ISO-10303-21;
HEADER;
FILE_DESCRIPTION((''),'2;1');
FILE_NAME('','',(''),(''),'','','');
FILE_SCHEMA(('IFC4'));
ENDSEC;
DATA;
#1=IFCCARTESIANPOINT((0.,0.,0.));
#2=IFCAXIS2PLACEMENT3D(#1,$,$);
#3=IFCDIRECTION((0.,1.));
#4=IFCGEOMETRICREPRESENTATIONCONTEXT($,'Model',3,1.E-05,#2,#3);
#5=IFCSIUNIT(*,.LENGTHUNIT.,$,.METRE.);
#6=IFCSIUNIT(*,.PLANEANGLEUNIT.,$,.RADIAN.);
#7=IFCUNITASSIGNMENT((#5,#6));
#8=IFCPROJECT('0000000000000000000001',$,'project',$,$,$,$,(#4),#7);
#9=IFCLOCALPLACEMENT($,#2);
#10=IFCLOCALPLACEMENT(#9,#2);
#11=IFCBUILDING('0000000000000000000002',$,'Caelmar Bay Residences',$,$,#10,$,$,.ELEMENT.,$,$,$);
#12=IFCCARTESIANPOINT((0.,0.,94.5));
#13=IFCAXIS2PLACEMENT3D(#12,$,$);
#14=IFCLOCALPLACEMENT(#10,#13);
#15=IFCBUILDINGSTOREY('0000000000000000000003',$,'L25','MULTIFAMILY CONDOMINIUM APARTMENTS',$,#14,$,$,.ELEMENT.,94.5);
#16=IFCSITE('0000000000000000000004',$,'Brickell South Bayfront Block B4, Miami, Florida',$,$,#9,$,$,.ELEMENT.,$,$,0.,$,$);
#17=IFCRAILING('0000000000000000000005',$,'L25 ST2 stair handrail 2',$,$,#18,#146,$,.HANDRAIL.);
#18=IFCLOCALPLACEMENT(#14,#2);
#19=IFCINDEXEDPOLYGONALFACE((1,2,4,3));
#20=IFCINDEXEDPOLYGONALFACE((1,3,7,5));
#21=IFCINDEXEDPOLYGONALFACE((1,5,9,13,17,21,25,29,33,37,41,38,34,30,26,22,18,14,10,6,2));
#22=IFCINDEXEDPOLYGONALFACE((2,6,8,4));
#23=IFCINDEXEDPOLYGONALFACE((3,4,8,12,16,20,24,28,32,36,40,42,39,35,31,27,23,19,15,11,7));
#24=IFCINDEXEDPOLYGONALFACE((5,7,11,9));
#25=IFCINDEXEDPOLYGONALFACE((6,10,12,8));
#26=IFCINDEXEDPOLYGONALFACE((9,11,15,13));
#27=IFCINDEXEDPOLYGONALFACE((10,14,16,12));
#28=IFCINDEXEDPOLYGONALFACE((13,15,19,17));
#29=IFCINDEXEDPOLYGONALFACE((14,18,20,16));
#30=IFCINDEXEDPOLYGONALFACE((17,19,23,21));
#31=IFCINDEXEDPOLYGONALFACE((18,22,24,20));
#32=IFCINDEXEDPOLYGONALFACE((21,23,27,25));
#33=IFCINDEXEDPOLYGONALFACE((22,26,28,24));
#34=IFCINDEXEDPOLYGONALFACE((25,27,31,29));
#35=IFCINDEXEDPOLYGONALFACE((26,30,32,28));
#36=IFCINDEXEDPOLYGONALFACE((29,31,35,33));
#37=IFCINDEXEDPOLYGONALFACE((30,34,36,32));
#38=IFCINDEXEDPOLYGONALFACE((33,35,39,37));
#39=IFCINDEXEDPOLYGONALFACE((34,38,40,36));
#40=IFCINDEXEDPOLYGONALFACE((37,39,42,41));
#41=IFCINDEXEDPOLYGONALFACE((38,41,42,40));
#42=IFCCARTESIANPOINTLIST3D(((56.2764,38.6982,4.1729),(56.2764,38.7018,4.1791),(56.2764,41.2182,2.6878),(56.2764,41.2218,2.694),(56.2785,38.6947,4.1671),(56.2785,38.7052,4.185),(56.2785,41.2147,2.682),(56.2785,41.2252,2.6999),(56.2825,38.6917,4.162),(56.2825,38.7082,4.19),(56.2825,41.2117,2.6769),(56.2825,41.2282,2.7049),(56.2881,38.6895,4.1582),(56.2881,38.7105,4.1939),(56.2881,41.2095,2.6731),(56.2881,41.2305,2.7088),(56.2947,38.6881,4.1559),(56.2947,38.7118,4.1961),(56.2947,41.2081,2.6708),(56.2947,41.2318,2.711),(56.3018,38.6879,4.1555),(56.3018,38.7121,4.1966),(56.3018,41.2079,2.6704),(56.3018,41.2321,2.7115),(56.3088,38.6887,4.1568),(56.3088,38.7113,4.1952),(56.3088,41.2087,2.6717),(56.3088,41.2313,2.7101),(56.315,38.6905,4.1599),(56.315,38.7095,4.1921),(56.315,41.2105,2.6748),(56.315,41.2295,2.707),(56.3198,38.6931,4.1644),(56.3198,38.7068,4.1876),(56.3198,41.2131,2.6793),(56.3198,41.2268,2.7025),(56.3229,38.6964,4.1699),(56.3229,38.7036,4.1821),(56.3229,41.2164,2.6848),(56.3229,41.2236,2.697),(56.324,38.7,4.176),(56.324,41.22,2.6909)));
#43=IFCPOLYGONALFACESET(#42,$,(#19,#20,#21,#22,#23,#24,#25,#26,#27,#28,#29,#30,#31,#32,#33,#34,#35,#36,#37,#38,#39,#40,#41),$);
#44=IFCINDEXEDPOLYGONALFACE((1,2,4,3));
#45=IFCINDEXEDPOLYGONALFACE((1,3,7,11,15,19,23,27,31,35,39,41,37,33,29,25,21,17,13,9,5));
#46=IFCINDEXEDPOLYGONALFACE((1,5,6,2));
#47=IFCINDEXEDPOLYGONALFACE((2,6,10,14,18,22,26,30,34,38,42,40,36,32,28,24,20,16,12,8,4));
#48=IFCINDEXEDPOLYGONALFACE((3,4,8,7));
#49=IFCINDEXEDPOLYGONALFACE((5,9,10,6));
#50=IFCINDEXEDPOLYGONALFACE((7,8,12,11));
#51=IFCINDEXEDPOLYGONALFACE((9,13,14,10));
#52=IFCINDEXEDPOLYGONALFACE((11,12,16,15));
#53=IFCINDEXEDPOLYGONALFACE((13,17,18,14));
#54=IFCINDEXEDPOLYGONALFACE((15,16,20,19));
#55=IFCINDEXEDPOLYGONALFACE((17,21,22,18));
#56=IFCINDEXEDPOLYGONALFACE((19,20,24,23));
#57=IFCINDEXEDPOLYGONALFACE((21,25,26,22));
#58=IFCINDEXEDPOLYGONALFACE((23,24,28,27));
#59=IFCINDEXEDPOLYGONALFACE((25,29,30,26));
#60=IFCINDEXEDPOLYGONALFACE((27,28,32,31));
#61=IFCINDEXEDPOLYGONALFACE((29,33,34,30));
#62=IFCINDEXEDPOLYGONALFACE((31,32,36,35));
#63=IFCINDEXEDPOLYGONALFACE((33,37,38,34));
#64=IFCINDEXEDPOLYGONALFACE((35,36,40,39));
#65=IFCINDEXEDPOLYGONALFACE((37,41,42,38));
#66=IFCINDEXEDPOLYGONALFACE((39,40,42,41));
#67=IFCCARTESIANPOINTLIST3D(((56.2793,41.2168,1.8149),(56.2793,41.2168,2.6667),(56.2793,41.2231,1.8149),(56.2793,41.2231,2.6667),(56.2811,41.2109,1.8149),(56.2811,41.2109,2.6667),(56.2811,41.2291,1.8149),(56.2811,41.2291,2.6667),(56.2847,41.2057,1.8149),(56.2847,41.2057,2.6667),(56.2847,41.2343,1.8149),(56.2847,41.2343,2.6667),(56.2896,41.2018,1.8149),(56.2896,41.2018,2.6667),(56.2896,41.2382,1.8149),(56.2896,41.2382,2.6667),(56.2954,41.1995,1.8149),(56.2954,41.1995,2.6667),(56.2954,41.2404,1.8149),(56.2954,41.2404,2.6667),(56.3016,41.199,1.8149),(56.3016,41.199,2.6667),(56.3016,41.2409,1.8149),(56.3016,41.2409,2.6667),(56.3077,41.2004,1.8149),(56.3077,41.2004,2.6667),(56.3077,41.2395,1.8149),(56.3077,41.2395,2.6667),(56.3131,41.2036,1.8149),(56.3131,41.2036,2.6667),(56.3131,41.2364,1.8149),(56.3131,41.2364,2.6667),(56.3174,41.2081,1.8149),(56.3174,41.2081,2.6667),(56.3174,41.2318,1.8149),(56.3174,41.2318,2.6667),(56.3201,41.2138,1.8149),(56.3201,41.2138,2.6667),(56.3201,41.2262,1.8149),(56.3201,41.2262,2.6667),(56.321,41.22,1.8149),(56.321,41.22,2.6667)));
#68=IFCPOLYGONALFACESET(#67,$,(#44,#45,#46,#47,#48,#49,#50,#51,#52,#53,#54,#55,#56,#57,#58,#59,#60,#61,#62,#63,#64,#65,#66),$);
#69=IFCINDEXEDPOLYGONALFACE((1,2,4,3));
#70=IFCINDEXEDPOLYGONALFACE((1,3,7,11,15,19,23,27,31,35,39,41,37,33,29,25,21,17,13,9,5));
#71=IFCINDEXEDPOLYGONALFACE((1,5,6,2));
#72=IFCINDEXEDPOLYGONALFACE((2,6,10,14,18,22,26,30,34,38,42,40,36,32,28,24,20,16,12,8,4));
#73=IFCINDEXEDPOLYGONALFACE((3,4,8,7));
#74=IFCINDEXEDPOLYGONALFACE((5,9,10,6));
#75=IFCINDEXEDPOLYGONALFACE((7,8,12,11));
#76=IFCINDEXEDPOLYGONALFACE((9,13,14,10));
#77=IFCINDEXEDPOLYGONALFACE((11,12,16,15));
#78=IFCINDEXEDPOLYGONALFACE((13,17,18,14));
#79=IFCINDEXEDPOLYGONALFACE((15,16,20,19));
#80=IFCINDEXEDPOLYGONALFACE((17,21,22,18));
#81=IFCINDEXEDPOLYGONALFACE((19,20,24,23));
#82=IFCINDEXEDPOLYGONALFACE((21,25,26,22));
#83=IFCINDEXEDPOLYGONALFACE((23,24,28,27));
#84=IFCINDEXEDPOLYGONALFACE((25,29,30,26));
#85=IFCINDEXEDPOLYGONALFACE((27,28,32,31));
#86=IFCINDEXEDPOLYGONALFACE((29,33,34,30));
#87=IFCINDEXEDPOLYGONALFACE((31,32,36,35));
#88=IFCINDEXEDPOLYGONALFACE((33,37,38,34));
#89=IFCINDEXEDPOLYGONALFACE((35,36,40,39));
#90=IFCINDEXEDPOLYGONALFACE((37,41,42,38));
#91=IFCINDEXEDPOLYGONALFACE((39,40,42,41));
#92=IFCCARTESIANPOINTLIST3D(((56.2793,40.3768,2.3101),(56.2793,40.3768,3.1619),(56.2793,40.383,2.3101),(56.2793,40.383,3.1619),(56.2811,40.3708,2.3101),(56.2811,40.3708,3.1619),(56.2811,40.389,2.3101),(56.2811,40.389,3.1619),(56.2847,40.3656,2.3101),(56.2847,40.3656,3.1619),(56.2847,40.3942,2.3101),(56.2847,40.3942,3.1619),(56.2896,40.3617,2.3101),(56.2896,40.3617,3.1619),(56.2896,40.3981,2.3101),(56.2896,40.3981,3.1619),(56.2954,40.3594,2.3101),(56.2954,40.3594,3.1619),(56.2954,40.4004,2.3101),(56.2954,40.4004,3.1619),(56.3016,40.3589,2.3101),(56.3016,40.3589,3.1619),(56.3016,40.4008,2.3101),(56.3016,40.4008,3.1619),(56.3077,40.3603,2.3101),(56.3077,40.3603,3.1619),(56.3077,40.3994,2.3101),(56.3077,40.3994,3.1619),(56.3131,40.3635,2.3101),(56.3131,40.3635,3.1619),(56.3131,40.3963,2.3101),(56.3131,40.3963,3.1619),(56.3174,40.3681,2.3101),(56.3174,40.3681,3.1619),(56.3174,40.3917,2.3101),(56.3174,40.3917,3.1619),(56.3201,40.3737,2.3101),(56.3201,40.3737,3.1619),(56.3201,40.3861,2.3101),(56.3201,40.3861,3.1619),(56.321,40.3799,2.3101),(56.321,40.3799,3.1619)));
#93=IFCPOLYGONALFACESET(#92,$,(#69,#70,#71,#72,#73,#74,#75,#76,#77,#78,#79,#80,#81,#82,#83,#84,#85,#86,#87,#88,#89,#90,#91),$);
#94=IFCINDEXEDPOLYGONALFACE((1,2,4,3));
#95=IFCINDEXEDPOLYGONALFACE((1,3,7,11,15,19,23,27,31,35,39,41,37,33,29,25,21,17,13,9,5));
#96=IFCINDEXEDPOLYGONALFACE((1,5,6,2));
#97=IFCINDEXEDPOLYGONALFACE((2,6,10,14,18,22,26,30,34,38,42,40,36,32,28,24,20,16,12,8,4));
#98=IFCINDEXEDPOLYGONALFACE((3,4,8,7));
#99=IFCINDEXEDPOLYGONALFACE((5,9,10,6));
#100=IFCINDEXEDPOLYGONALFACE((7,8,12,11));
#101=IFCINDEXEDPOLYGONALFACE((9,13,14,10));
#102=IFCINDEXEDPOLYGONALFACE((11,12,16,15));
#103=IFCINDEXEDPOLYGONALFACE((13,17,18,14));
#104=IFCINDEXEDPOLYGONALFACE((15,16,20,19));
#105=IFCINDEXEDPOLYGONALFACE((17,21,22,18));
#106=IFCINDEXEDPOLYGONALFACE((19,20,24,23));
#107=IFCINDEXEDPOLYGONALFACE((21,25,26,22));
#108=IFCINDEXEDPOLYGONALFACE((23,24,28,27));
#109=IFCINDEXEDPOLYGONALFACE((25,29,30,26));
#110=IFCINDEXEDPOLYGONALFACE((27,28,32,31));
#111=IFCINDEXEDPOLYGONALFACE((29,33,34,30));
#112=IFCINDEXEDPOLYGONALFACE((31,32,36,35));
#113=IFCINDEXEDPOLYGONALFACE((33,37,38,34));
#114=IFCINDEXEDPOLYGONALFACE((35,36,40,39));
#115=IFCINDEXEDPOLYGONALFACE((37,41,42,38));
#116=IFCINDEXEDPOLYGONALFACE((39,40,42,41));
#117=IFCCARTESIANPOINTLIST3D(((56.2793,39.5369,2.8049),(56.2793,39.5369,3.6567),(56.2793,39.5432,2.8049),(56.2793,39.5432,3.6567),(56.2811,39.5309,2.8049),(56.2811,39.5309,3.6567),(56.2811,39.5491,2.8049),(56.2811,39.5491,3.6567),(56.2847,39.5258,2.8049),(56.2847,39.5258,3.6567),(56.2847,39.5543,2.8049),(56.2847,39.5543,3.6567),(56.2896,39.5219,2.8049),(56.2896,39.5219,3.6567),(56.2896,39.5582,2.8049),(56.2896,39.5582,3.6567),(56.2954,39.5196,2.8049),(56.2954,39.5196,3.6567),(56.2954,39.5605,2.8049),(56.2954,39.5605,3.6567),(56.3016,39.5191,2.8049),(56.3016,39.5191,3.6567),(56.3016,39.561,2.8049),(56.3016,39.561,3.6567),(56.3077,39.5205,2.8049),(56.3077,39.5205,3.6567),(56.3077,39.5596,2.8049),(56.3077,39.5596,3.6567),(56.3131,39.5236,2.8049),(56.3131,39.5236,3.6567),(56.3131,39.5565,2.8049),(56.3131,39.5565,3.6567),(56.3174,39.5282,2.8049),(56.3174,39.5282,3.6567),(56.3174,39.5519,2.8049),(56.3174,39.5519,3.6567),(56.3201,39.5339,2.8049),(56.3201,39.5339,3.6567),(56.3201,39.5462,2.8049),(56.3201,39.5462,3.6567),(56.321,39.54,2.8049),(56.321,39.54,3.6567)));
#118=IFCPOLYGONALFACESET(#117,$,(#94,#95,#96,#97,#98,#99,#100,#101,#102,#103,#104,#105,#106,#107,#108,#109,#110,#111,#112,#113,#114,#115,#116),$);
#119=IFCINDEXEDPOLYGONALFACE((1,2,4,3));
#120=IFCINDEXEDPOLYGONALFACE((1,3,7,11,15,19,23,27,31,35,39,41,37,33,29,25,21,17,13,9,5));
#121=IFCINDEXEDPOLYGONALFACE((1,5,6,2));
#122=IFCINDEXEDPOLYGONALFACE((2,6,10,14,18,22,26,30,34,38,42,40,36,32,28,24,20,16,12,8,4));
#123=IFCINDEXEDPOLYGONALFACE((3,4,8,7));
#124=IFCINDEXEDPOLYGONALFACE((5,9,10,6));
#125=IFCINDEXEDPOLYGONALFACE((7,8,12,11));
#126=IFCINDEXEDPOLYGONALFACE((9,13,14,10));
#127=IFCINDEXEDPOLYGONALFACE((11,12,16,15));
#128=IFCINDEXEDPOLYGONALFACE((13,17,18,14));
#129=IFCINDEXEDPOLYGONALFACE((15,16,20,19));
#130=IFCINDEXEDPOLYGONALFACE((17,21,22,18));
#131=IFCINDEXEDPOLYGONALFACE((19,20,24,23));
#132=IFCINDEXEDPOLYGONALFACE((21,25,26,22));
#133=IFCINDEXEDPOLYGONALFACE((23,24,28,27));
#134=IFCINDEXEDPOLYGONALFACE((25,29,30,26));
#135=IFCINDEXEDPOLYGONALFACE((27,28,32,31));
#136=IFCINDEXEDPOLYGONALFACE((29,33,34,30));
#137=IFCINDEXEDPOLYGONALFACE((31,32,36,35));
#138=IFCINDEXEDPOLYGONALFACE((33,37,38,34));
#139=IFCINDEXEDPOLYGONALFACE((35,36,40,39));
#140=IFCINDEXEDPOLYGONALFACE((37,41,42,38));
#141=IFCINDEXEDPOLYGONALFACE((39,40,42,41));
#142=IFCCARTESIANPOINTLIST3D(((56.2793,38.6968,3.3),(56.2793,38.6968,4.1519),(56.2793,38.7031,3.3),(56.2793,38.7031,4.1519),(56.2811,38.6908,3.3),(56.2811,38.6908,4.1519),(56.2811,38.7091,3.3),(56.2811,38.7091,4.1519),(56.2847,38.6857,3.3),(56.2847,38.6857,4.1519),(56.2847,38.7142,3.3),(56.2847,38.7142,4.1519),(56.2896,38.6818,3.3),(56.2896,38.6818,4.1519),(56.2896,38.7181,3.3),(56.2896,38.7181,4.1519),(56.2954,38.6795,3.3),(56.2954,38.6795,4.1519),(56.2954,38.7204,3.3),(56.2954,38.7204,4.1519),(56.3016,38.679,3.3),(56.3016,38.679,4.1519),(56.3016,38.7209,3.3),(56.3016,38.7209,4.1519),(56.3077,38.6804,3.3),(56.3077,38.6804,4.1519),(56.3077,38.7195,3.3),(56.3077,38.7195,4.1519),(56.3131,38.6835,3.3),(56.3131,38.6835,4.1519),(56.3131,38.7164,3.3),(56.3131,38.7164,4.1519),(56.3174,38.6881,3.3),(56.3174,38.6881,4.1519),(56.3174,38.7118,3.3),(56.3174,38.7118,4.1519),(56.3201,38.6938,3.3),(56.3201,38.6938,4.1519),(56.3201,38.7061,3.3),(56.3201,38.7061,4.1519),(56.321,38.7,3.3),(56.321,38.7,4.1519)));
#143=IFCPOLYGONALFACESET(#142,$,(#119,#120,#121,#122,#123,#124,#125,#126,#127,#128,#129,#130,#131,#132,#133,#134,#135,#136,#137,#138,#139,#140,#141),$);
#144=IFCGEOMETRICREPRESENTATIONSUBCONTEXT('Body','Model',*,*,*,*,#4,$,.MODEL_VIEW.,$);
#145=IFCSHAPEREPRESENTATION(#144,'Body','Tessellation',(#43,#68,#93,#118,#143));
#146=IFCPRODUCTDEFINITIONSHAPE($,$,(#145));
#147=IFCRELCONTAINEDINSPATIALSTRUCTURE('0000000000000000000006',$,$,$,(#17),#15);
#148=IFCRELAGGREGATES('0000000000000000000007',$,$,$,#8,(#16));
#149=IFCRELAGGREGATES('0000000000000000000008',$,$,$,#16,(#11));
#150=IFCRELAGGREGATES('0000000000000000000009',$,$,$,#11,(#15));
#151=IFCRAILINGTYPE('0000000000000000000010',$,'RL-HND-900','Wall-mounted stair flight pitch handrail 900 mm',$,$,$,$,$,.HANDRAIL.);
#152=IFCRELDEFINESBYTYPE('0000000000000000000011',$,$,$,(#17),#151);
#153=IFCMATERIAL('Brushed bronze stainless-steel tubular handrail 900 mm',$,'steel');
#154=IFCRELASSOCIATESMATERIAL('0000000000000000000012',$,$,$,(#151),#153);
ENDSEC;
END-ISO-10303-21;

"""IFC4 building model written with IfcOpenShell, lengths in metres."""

from ifc_helpers import new_model, si_unit, direction, frame, origin, origin_2d, place, context, subcontext, project, spatial, circle, extrude, material, type_object, element, save


model = new_model("IFC4")

# Units and contexts
model_context = context("Model", 3, precision=1e-05, world=origin(), true_north=direction((0.0, 1.0)))
body_context = subcontext(model_context, "Body", "Model", "MODEL_VIEW")
ifc_project = project(units=[si_unit("LENGTHUNIT", "METRE"), si_unit("PLANEANGLEUNIT", "RADIAN")], contexts=[model_context])

# Site, building, storey
site_placement = place(None, origin())
site = spatial("IfcSite", under=ifc_project, at=site_placement, Name="Brickell South Bayfront Block B4, Miami, Florida", CompositionType="ELEMENT", RefElevation=0.0)
building_placement = place(site_placement, origin())
building = spatial("IfcBuilding", under=site, at=building_placement, Name="Caelmar Bay Residences", CompositionType="ELEMENT")
storey_placement = place(building_placement, frame((0.0, 0.0, 94.5)))
storey = spatial("IfcBuildingStorey", under=building, at=storey_placement, Name="L25", Description="MULTIFAMILY CONDOMINIUM APARTMENTS", CompositionType="ELEMENT", Elevation=94.5)

# Railing
ifc_material_1 = material(Name="Brushed bronze stainless-steel tubular handrail 900 mm", Category="steel")
railing_type_1 = type_object("IfcRailingType", Name="RL-HND-900", Description="Wall-mounted stair flight pitch handrail 900 mm", PredefinedType="HANDRAIL", material=ifc_material_1)
railing_1_placement = place(storey_placement, frame((56.3, 41.22, 1.8149)))
element("IfcRailing", 1, at=railing_1_placement, inside=storey, type_object=railing_type_1, Name="L25 ST2 stair handrail 2", PredefinedType="HANDRAIL", context=body_context, shape_type="SweptSolid", body=[
    extrude(circle(Radius=0.0239, at=origin_2d()), frame((0.0, 0.0, 0.876), z_axis=(0.0, -0.861524, 0.507717), x_axis=(1.0, 0.0, 0.0)), (0.0, 0.0, 1.0), 2.925),
    extrude(circle(Radius=0.021, at=origin_2d()), origin(), (0.0, 0.0, 1.0), 0.8518),
    extrude(circle(Radius=0.021, at=origin_2d()), frame((0.0, -0.8401, 0.4951)), (0.0, 0.0, 1.0), 0.8518),
    extrude(circle(Radius=0.021, at=origin_2d()), frame((0.0, -1.6799, 0.99)), (0.0, 0.0, 1.0), 0.8518),
    extrude(circle(Radius=0.021, at=origin_2d()), frame((0.0, -2.52, 1.4851)), (0.0, 0.0, 1.0), 0.8518),
])

save(model, "model.ifc")
